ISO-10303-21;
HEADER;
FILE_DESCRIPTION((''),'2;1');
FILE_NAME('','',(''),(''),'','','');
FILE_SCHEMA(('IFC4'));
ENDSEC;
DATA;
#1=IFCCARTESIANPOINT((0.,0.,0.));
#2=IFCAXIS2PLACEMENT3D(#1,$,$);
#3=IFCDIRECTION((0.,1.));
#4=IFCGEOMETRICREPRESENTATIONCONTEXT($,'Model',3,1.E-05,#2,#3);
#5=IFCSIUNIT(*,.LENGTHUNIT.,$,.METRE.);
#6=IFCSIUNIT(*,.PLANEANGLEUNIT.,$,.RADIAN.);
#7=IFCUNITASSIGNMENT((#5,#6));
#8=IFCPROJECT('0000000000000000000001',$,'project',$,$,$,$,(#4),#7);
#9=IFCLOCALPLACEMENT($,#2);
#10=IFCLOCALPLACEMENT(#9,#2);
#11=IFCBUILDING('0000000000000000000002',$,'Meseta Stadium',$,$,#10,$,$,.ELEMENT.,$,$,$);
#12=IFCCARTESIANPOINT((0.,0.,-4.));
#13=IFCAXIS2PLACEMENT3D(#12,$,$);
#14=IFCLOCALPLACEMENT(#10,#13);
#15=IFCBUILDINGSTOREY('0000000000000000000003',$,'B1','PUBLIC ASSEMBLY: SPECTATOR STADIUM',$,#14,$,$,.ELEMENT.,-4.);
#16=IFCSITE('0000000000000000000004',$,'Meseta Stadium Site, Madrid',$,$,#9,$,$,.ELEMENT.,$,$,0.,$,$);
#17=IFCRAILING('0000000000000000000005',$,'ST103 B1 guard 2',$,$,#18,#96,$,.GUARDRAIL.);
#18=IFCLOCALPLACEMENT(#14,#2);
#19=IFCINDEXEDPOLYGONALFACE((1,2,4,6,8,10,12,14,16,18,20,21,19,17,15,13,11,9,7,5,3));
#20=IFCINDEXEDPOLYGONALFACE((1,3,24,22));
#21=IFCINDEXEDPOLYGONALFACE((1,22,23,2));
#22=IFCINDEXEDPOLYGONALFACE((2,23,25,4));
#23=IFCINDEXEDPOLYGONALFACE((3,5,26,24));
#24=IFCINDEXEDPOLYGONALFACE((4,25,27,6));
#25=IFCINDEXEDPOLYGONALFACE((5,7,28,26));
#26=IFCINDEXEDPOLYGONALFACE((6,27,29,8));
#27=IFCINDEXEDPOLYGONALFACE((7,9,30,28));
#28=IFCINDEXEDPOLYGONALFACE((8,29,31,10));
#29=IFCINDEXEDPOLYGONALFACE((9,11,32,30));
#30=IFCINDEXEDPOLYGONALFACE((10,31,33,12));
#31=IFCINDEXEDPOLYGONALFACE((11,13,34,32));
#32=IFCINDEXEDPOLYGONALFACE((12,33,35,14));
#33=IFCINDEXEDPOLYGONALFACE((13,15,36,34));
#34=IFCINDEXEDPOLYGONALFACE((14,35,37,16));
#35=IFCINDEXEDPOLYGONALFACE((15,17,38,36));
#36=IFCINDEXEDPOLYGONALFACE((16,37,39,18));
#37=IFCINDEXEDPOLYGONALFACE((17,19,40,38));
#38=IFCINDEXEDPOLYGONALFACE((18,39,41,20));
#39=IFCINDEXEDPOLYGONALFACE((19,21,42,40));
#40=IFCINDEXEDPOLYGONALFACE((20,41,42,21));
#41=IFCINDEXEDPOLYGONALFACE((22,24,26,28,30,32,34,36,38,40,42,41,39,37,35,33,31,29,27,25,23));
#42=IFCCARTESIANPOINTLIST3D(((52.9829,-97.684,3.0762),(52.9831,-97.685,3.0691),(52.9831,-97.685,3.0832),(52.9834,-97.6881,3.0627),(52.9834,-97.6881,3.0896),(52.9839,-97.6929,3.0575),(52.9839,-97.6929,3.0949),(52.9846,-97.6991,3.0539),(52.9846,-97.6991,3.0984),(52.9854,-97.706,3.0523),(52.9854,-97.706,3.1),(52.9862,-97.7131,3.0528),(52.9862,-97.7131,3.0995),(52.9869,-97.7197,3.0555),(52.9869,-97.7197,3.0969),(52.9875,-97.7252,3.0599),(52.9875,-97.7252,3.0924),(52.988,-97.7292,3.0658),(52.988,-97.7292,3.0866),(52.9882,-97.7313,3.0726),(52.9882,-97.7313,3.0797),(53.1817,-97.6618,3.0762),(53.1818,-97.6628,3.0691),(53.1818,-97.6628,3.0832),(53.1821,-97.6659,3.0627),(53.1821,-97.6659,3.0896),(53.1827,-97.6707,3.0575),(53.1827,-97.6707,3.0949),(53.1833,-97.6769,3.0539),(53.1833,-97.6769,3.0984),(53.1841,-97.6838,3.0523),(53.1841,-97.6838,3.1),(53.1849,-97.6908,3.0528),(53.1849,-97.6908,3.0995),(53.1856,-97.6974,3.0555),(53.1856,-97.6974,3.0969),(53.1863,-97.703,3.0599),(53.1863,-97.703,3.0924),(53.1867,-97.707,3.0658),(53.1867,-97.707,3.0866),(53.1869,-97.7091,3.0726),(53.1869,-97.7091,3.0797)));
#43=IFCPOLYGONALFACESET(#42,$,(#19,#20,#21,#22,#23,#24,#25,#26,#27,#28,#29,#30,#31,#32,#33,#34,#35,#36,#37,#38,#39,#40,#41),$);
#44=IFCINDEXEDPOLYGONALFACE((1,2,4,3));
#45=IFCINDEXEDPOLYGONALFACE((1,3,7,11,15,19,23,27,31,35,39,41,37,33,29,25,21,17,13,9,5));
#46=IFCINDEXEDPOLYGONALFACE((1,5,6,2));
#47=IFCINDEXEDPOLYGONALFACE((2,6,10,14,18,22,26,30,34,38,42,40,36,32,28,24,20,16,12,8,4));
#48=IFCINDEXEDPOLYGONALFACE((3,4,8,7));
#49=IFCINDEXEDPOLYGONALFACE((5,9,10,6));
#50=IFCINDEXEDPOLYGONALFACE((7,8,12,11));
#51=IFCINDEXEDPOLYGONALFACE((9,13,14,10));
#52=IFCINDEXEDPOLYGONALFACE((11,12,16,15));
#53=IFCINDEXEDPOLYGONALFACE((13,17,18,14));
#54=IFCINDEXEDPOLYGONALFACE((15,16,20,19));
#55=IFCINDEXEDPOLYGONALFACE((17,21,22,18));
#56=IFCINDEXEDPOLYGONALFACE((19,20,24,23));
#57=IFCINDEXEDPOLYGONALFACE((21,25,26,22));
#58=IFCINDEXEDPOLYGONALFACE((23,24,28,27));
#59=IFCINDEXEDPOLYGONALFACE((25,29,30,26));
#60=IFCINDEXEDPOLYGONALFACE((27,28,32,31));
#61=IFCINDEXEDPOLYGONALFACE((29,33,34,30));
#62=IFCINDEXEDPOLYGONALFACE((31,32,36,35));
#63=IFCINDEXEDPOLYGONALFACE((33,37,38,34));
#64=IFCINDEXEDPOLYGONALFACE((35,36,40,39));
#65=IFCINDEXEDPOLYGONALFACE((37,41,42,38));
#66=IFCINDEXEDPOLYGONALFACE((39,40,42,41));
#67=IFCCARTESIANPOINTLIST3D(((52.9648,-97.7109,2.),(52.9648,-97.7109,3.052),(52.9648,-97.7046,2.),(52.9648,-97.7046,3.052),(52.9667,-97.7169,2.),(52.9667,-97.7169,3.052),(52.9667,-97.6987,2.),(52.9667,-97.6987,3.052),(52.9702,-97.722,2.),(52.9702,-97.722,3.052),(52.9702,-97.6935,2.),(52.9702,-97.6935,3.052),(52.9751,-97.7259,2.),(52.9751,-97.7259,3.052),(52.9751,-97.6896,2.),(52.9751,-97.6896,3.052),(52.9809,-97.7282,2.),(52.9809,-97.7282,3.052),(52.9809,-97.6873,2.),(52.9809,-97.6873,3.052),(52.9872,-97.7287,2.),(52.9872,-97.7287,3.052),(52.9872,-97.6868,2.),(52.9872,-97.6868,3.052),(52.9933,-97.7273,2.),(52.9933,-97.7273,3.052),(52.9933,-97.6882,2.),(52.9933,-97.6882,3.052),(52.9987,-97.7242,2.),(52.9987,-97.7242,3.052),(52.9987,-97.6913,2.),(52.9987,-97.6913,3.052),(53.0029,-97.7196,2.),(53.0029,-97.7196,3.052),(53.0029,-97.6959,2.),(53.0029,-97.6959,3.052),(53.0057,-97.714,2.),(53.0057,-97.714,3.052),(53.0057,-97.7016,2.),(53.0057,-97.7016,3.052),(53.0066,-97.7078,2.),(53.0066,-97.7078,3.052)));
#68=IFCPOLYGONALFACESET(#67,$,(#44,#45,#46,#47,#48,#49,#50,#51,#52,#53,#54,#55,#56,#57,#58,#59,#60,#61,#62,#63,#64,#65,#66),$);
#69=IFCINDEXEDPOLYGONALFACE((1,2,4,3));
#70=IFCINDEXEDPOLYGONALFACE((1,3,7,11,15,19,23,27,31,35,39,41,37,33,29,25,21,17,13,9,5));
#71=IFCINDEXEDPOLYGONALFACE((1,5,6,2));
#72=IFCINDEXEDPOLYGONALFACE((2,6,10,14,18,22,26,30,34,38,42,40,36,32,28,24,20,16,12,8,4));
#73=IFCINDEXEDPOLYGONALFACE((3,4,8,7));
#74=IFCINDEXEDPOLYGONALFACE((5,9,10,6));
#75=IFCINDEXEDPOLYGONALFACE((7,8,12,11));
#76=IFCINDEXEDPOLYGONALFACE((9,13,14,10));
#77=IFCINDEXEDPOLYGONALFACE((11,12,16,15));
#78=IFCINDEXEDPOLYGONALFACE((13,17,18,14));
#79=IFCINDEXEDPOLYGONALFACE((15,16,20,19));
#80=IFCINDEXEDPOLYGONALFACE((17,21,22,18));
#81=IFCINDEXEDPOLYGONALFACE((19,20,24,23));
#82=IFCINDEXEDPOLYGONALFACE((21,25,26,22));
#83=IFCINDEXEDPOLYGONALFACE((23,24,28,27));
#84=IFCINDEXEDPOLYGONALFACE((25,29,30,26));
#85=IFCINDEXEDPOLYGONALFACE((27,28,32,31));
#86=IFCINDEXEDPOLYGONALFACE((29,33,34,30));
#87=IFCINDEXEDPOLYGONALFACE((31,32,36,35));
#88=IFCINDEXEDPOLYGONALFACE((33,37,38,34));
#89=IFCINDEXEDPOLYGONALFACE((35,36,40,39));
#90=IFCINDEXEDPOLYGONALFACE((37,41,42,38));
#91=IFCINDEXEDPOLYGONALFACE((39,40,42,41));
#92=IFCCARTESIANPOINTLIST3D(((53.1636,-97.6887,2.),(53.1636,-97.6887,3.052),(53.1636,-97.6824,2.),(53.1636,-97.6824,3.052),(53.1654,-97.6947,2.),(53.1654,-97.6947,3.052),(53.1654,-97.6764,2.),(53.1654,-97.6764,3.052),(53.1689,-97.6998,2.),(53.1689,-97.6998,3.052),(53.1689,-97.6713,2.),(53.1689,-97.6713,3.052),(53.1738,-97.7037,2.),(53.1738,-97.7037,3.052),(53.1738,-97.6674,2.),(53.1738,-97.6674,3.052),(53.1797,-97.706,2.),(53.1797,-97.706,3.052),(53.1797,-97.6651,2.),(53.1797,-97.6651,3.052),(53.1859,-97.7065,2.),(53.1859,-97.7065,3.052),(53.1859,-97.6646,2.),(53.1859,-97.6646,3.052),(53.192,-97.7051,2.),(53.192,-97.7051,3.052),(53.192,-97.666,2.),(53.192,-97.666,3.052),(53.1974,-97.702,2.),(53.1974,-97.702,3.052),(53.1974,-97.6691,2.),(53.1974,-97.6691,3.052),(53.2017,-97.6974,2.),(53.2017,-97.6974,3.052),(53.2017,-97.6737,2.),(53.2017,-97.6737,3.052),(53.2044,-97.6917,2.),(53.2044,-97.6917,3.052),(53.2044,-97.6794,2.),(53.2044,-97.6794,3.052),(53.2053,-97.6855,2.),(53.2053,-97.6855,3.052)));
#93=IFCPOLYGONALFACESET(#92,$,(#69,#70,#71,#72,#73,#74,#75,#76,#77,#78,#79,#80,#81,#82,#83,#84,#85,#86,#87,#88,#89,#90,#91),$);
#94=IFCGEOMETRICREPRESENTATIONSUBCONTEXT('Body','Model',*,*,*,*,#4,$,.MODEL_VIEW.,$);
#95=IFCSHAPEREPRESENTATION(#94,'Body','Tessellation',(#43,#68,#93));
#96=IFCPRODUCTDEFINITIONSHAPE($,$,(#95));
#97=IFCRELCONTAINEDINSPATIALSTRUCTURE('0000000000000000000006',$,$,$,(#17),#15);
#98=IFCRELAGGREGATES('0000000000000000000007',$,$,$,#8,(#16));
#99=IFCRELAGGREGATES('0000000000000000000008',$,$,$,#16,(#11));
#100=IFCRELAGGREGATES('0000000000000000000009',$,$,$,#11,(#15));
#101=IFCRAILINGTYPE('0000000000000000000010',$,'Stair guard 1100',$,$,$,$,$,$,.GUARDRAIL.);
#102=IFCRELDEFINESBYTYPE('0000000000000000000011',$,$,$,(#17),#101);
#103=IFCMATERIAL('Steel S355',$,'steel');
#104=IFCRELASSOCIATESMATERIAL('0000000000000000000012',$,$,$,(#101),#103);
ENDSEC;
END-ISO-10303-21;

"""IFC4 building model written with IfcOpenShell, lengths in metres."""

from ifc_helpers import new_model, si_unit, direction, frame, origin, origin_2d, place, context, subcontext, project, spatial, circle, extrude, material, type_object, element, save


model = new_model("IFC4")

# Units and contexts
model_context = context("Model", 3, precision=1e-05, world=origin(), true_north=direction((0.0, 1.0)))
body_context = subcontext(model_context, "Body", "Model", "MODEL_VIEW")
ifc_project = project(units=[si_unit("LENGTHUNIT", "METRE"), si_unit("PLANEANGLEUNIT", "RADIAN")], contexts=[model_context])

# Site, building, storey
site_placement = place(None, origin())
site = spatial("IfcSite", under=ifc_project, at=site_placement, Name="Meseta Stadium Site, Madrid", CompositionType="ELEMENT", RefElevation=0.0)
building_placement = place(site_placement, origin())
building = spatial("IfcBuilding", under=site, at=building_placement, Name="Meseta Stadium", CompositionType="ELEMENT")
storey_placement = place(building_placement, frame((0.0, 0.0, -4.0)))
storey = spatial("IfcBuildingStorey", under=building, at=storey_placement, Name="B1", Description="PUBLIC ASSEMBLY: SPECTATOR STADIUM", CompositionType="ELEMENT", Elevation=-4.0)

# Railing
ifc_material_1 = material(Name="Steel S355", Category="steel")
railing_type_1 = type_object("IfcRailingType", Name="Stair guard 1100", PredefinedType="GUARDRAIL", material=ifc_material_1)
railing_1_placement = place(storey_placement, frame((52.9856, -97.7078, 2.0)))
element("IfcRailing", 1, at=railing_1_placement, inside=storey, type_object=railing_type_1, Name="ST103 B1 guard 2", PredefinedType="GUARDRAIL", context=body_context, shape_type="SweptSolid", body=[
    extrude(circle(Radius=0.0239, at=origin_2d()), frame((0.0, 0.0, 1.0762), z_axis=(0.993809, 0.111102, 0.0), x_axis=(-0.111102, 0.993809, 0.0)), (0.0, 0.0, 1.0), 0.2),
    extrude(circle(Radius=0.021, at=origin_2d()), origin(), (0.0, 0.0, 1.0), 1.052),
    extrude(circle(Radius=0.021, at=origin_2d()), frame((0.1987, 0.0222, 0.0)), (0.0, 0.0, 1.0), 1.052),
])

save(model, "model.ifc")
